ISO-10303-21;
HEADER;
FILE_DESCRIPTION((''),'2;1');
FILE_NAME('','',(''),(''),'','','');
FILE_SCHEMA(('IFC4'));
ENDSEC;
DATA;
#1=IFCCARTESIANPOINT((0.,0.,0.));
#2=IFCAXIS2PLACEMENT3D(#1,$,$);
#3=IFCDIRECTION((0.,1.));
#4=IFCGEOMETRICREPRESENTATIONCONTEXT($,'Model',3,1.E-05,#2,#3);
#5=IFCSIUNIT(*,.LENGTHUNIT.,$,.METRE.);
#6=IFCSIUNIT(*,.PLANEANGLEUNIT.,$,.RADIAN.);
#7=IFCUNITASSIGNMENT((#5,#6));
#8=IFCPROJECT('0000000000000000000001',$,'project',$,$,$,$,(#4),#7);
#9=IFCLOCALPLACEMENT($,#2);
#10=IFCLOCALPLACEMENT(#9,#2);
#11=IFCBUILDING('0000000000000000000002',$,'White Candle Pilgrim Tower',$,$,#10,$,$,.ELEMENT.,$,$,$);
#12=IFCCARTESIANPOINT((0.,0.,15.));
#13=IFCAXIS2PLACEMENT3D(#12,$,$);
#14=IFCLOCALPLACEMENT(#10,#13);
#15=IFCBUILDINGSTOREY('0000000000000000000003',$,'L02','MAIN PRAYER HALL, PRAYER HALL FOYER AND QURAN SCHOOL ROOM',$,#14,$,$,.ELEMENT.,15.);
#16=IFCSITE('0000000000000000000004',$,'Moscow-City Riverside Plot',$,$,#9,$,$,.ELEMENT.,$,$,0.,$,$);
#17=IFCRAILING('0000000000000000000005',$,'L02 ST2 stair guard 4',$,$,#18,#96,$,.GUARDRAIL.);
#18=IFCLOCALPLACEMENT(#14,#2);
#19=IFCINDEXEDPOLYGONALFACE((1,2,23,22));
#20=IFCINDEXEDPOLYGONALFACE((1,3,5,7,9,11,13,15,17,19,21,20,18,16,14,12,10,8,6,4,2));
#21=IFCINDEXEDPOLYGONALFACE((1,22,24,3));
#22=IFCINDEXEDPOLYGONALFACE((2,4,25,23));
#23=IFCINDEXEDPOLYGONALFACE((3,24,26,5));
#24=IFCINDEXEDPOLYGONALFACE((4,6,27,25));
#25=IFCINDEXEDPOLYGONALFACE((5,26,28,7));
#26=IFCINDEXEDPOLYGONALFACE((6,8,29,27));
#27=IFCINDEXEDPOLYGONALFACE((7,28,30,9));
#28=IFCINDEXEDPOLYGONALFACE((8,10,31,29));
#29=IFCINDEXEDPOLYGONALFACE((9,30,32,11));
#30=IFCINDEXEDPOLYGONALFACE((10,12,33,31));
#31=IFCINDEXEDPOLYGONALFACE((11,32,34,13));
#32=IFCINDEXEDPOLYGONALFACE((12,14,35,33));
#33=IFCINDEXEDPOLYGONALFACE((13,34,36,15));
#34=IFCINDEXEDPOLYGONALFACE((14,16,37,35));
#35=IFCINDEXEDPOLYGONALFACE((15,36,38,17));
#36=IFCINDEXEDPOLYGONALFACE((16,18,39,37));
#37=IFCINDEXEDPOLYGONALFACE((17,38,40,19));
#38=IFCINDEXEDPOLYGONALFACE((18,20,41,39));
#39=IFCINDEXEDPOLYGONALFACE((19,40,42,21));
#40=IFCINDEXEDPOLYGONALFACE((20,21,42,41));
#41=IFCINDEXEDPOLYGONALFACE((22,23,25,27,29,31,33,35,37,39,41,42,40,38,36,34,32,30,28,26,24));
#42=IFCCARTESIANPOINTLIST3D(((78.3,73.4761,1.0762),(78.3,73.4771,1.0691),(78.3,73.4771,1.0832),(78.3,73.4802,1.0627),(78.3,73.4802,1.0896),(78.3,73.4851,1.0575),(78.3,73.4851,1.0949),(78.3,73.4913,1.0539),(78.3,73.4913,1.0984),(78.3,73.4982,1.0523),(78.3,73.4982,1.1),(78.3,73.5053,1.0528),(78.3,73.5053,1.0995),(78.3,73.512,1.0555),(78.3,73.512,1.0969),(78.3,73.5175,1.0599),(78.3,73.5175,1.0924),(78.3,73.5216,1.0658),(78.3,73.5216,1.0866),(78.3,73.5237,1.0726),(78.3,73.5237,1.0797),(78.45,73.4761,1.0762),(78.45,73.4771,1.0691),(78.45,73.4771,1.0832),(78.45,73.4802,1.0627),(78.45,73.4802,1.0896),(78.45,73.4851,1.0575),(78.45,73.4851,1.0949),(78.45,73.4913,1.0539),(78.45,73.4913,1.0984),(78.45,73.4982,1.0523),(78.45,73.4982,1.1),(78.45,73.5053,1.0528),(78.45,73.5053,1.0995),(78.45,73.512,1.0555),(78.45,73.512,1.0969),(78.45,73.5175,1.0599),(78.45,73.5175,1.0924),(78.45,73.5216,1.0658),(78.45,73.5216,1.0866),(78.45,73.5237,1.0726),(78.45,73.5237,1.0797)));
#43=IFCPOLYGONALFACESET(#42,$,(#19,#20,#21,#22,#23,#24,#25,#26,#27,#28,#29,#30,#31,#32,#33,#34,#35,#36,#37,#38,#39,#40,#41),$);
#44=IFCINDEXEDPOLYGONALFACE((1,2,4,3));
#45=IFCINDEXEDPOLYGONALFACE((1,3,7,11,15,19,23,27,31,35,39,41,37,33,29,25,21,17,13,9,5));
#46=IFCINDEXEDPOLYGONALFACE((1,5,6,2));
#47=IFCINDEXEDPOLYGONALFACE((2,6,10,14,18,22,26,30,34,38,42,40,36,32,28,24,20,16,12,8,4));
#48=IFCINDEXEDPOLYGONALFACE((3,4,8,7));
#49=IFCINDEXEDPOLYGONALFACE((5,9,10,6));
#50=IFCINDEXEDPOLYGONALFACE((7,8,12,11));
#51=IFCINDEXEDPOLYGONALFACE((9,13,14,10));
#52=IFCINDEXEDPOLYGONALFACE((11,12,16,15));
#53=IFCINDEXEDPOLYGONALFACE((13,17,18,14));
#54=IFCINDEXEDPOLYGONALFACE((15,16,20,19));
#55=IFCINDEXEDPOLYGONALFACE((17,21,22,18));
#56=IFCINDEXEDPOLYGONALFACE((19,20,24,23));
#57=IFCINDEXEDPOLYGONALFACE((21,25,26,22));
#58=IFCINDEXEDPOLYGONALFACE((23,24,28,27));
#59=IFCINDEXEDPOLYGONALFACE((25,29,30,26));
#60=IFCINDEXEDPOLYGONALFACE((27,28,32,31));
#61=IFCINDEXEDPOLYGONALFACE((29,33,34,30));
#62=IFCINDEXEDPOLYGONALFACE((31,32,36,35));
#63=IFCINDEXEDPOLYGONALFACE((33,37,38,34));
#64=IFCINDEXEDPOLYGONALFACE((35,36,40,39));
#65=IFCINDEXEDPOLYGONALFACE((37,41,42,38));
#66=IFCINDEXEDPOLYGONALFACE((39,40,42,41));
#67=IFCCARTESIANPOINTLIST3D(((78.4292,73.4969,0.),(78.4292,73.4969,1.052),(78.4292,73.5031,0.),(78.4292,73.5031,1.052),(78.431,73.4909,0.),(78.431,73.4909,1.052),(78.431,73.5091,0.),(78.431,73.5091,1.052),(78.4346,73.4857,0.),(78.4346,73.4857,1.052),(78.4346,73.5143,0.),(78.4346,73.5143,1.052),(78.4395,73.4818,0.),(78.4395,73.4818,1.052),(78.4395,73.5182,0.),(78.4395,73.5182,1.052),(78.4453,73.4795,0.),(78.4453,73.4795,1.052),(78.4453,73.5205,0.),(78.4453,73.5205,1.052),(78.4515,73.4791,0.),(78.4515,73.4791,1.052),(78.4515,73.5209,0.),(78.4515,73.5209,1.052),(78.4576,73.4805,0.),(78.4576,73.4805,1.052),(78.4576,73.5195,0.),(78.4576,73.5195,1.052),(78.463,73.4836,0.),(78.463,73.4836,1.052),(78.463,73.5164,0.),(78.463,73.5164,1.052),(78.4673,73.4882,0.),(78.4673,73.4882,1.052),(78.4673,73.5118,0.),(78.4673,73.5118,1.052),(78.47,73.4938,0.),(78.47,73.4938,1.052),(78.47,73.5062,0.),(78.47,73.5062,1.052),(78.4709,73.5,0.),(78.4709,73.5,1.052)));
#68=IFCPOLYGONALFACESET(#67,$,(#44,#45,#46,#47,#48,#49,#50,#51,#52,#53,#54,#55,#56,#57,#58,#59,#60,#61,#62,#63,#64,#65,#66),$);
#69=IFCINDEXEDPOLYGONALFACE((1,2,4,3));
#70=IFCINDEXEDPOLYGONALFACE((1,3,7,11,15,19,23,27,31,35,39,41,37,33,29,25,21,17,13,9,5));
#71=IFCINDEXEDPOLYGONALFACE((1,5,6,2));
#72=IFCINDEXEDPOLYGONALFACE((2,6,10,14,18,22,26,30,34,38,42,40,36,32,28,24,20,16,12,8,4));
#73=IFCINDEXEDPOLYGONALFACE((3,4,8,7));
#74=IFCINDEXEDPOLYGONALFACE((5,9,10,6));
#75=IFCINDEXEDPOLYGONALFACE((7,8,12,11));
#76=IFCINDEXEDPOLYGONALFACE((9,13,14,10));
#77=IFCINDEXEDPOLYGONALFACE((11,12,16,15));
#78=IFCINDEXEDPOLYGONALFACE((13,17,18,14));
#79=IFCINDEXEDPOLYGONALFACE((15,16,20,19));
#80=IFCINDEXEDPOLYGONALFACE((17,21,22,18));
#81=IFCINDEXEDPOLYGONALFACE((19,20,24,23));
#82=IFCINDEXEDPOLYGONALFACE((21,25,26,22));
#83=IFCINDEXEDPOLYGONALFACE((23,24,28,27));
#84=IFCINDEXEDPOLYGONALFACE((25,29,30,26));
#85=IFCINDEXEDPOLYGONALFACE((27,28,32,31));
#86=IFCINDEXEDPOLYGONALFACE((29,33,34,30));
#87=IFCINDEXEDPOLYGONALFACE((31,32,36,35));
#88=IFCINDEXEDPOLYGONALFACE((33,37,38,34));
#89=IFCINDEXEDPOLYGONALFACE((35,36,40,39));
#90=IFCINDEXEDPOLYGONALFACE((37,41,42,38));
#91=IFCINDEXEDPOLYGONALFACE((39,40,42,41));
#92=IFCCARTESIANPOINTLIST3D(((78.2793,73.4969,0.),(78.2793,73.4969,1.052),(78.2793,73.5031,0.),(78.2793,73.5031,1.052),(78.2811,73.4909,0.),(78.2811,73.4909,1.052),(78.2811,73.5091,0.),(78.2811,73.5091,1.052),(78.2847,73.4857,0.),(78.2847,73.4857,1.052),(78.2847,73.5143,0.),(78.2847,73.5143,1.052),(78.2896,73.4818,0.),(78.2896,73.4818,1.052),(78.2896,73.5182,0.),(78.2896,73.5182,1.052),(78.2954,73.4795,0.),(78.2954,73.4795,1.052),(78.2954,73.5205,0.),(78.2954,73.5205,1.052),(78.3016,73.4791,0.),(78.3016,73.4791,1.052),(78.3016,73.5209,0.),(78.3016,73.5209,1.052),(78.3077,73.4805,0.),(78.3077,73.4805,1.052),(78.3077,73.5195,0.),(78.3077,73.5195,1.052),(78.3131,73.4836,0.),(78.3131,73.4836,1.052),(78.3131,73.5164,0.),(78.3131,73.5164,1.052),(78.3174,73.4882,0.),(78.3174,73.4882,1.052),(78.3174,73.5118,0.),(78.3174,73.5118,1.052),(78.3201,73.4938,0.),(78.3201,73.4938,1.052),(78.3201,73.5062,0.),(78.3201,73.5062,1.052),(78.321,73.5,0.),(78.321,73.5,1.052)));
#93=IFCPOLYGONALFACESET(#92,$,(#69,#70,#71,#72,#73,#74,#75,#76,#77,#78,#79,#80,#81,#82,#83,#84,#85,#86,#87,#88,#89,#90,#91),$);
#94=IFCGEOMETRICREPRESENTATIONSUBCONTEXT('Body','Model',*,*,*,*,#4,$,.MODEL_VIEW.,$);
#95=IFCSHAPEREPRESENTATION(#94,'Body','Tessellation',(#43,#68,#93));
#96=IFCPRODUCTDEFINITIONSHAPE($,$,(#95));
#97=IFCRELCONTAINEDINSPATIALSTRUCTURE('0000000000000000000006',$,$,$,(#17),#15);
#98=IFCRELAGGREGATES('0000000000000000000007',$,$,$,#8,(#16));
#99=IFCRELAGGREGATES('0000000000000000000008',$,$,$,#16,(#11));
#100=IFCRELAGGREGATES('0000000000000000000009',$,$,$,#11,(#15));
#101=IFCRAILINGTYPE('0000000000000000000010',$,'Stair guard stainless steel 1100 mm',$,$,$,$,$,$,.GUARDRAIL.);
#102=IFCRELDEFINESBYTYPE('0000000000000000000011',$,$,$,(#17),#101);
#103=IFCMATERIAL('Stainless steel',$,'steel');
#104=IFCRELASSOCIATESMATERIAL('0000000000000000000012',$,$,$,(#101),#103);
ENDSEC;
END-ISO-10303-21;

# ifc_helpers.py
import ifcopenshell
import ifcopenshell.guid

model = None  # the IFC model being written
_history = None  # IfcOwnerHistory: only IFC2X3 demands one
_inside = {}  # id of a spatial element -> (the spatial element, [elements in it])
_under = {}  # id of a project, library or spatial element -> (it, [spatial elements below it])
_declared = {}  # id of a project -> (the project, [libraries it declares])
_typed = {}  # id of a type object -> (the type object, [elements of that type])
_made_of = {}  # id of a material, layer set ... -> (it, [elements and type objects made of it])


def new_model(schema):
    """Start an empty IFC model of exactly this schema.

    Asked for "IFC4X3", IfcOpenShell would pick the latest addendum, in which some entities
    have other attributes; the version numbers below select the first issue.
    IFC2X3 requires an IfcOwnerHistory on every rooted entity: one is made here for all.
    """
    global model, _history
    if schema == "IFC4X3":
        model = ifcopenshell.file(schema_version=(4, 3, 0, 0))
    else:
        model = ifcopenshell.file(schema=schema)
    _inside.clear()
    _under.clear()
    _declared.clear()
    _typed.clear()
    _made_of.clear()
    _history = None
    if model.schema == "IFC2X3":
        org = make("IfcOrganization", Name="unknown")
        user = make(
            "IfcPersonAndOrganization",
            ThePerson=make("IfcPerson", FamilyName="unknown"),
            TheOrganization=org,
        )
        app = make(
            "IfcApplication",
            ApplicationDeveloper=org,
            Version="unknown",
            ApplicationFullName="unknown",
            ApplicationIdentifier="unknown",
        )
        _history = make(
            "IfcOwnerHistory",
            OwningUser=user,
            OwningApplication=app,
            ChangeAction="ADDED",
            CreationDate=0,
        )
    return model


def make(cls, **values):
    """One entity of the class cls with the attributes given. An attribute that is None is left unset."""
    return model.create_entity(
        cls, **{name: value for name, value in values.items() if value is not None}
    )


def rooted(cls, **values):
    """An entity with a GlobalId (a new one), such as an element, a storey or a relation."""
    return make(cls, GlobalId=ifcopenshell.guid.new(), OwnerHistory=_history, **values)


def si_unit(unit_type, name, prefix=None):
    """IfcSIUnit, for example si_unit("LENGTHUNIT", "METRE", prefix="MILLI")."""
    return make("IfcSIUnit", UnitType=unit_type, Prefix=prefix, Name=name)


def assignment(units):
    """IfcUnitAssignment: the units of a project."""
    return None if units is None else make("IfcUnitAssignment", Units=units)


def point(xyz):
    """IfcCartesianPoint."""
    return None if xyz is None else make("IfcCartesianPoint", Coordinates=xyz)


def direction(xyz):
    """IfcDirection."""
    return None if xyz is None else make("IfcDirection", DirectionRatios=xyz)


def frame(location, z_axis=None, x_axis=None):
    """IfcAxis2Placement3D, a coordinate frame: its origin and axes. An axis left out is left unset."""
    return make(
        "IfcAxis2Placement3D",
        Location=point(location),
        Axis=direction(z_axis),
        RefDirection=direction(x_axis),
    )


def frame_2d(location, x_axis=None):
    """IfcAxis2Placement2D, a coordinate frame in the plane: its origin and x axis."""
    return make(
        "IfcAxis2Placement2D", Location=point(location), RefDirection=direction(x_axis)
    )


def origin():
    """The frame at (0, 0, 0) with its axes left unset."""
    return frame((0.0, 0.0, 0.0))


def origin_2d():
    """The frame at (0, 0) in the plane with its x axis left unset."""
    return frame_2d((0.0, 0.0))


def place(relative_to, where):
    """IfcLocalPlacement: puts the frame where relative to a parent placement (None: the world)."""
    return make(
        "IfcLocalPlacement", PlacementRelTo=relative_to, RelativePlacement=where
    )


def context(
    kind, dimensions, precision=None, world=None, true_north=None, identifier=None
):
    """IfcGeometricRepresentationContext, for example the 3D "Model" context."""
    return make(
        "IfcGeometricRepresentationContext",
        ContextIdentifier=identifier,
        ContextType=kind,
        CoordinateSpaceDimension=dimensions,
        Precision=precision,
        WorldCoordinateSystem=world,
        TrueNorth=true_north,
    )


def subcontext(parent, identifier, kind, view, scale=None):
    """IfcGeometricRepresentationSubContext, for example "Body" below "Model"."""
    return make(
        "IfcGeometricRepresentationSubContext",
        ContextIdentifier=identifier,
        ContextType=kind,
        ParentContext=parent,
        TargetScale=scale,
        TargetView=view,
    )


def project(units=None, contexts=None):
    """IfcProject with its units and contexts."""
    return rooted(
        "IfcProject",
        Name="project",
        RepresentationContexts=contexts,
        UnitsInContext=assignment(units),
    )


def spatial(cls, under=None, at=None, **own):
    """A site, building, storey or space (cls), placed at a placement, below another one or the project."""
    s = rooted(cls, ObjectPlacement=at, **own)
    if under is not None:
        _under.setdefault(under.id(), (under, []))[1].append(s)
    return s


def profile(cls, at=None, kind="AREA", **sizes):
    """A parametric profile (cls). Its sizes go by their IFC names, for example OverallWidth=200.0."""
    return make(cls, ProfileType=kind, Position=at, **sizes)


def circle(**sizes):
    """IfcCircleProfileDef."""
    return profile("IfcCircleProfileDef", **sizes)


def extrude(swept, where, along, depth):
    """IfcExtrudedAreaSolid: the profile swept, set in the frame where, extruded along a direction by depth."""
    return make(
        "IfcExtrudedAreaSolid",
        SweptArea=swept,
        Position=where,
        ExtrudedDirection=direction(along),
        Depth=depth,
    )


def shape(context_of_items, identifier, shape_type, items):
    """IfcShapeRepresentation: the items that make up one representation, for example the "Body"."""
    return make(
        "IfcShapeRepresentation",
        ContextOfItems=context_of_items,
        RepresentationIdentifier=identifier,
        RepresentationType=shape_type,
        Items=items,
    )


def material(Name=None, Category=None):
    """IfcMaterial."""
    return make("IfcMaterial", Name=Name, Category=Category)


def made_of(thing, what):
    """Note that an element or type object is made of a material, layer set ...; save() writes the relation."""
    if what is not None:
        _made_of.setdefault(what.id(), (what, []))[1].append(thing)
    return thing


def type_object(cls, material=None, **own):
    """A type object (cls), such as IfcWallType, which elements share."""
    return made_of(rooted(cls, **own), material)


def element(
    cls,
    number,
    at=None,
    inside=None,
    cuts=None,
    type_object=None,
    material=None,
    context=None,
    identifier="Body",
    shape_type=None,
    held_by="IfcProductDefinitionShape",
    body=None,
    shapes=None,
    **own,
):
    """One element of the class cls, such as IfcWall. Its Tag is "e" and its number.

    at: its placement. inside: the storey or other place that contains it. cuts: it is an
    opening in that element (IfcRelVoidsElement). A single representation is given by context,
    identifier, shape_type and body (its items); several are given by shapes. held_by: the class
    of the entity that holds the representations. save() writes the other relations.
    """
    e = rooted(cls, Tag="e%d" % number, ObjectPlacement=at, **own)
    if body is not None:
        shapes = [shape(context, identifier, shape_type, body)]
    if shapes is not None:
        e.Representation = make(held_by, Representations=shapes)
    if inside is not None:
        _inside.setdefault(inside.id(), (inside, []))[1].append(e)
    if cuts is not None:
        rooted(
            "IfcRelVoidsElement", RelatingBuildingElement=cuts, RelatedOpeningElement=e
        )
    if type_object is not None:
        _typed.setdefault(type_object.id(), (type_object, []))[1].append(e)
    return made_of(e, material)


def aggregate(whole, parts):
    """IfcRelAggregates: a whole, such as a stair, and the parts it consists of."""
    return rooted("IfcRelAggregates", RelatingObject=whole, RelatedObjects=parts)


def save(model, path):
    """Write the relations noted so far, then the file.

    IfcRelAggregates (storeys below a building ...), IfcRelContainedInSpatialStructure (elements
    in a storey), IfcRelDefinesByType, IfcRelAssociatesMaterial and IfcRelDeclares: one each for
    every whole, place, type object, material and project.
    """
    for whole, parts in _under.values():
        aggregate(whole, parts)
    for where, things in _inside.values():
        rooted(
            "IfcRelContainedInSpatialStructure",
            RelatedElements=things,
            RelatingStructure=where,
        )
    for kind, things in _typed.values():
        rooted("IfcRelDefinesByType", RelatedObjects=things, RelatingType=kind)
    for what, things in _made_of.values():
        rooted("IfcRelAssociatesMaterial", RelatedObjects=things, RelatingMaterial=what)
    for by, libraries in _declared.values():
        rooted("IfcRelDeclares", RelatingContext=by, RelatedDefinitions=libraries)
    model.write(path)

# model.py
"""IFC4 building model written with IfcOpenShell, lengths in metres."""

from ifc_helpers import new_model, si_unit, direction, frame, origin, origin_2d, place, context, subcontext, project, spatial, circle, extrude, material, type_object, element, save


model = new_model("IFC4")

# Units and contexts
model_context = context("Model", 3, precision=1e-05, world=origin(), true_north=direction((0.0, 1.0)))
body_context = subcontext(model_context, "Body", "Model", "MODEL_VIEW")
ifc_project = project(units=[si_unit("LENGTHUNIT", "METRE"), si_unit("PLANEANGLEUNIT", "RADIAN")], contexts=[model_context])

# Site, building, storey
site_placement = place(None, origin())
site = spatial("IfcSite", under=ifc_project, at=site_placement, Name="Moscow-City Riverside Plot", CompositionType="ELEMENT", RefElevation=0.0)
building_placement = place(site_placement, origin())
building = spatial("IfcBuilding", under=site, at=building_placement, Name="White Candle Pilgrim Tower", CompositionType="ELEMENT")
storey_placement = place(building_placement, frame((0.0, 0.0, 15.0)))
storey = spatial("IfcBuildingStorey", under=building, at=storey_placement, Name="L02", Description="MAIN PRAYER HALL, PRAYER HALL FOYER AND QURAN SCHOOL ROOM", CompositionType="ELEMENT", Elevation=15.0)

# Railing
ifc_material_1 = material(Name="Stainless steel", Category="steel")
railing_type_1 = type_object("IfcRailingType", Name="Stair guard stainless steel 1100 mm", PredefinedType="GUARDRAIL", material=ifc_material_1)
railing_1_placement = place(storey_placement, frame((78.45, 73.5, 0.0)))
element("IfcRailing", 1, at=railing_1_placement, inside=storey, type_object=railing_type_1, Name="L02 ST2 stair guard 4", PredefinedType="GUARDRAIL", context=body_context, shape_type="SweptSolid", body=[
    extrude(circle(Radius=0.0239, at=origin_2d()), frame((0.0, 0.0, 1.0762), z_axis=(-1.0, 0.0, 0.0), x_axis=(0.0, -1.0, 0.0)), (0.0, 0.0, 1.0), 0.1499),
    extrude(circle(Radius=0.021, at=origin_2d()), origin(), (0.0, 0.0, 1.0), 1.052),
    extrude(circle(Radius=0.021, at=origin_2d()), frame((-0.1499, 0.0, 0.0)), (0.0, 0.0, 1.0), 1.052),
])

save(model, "model.ifc")
